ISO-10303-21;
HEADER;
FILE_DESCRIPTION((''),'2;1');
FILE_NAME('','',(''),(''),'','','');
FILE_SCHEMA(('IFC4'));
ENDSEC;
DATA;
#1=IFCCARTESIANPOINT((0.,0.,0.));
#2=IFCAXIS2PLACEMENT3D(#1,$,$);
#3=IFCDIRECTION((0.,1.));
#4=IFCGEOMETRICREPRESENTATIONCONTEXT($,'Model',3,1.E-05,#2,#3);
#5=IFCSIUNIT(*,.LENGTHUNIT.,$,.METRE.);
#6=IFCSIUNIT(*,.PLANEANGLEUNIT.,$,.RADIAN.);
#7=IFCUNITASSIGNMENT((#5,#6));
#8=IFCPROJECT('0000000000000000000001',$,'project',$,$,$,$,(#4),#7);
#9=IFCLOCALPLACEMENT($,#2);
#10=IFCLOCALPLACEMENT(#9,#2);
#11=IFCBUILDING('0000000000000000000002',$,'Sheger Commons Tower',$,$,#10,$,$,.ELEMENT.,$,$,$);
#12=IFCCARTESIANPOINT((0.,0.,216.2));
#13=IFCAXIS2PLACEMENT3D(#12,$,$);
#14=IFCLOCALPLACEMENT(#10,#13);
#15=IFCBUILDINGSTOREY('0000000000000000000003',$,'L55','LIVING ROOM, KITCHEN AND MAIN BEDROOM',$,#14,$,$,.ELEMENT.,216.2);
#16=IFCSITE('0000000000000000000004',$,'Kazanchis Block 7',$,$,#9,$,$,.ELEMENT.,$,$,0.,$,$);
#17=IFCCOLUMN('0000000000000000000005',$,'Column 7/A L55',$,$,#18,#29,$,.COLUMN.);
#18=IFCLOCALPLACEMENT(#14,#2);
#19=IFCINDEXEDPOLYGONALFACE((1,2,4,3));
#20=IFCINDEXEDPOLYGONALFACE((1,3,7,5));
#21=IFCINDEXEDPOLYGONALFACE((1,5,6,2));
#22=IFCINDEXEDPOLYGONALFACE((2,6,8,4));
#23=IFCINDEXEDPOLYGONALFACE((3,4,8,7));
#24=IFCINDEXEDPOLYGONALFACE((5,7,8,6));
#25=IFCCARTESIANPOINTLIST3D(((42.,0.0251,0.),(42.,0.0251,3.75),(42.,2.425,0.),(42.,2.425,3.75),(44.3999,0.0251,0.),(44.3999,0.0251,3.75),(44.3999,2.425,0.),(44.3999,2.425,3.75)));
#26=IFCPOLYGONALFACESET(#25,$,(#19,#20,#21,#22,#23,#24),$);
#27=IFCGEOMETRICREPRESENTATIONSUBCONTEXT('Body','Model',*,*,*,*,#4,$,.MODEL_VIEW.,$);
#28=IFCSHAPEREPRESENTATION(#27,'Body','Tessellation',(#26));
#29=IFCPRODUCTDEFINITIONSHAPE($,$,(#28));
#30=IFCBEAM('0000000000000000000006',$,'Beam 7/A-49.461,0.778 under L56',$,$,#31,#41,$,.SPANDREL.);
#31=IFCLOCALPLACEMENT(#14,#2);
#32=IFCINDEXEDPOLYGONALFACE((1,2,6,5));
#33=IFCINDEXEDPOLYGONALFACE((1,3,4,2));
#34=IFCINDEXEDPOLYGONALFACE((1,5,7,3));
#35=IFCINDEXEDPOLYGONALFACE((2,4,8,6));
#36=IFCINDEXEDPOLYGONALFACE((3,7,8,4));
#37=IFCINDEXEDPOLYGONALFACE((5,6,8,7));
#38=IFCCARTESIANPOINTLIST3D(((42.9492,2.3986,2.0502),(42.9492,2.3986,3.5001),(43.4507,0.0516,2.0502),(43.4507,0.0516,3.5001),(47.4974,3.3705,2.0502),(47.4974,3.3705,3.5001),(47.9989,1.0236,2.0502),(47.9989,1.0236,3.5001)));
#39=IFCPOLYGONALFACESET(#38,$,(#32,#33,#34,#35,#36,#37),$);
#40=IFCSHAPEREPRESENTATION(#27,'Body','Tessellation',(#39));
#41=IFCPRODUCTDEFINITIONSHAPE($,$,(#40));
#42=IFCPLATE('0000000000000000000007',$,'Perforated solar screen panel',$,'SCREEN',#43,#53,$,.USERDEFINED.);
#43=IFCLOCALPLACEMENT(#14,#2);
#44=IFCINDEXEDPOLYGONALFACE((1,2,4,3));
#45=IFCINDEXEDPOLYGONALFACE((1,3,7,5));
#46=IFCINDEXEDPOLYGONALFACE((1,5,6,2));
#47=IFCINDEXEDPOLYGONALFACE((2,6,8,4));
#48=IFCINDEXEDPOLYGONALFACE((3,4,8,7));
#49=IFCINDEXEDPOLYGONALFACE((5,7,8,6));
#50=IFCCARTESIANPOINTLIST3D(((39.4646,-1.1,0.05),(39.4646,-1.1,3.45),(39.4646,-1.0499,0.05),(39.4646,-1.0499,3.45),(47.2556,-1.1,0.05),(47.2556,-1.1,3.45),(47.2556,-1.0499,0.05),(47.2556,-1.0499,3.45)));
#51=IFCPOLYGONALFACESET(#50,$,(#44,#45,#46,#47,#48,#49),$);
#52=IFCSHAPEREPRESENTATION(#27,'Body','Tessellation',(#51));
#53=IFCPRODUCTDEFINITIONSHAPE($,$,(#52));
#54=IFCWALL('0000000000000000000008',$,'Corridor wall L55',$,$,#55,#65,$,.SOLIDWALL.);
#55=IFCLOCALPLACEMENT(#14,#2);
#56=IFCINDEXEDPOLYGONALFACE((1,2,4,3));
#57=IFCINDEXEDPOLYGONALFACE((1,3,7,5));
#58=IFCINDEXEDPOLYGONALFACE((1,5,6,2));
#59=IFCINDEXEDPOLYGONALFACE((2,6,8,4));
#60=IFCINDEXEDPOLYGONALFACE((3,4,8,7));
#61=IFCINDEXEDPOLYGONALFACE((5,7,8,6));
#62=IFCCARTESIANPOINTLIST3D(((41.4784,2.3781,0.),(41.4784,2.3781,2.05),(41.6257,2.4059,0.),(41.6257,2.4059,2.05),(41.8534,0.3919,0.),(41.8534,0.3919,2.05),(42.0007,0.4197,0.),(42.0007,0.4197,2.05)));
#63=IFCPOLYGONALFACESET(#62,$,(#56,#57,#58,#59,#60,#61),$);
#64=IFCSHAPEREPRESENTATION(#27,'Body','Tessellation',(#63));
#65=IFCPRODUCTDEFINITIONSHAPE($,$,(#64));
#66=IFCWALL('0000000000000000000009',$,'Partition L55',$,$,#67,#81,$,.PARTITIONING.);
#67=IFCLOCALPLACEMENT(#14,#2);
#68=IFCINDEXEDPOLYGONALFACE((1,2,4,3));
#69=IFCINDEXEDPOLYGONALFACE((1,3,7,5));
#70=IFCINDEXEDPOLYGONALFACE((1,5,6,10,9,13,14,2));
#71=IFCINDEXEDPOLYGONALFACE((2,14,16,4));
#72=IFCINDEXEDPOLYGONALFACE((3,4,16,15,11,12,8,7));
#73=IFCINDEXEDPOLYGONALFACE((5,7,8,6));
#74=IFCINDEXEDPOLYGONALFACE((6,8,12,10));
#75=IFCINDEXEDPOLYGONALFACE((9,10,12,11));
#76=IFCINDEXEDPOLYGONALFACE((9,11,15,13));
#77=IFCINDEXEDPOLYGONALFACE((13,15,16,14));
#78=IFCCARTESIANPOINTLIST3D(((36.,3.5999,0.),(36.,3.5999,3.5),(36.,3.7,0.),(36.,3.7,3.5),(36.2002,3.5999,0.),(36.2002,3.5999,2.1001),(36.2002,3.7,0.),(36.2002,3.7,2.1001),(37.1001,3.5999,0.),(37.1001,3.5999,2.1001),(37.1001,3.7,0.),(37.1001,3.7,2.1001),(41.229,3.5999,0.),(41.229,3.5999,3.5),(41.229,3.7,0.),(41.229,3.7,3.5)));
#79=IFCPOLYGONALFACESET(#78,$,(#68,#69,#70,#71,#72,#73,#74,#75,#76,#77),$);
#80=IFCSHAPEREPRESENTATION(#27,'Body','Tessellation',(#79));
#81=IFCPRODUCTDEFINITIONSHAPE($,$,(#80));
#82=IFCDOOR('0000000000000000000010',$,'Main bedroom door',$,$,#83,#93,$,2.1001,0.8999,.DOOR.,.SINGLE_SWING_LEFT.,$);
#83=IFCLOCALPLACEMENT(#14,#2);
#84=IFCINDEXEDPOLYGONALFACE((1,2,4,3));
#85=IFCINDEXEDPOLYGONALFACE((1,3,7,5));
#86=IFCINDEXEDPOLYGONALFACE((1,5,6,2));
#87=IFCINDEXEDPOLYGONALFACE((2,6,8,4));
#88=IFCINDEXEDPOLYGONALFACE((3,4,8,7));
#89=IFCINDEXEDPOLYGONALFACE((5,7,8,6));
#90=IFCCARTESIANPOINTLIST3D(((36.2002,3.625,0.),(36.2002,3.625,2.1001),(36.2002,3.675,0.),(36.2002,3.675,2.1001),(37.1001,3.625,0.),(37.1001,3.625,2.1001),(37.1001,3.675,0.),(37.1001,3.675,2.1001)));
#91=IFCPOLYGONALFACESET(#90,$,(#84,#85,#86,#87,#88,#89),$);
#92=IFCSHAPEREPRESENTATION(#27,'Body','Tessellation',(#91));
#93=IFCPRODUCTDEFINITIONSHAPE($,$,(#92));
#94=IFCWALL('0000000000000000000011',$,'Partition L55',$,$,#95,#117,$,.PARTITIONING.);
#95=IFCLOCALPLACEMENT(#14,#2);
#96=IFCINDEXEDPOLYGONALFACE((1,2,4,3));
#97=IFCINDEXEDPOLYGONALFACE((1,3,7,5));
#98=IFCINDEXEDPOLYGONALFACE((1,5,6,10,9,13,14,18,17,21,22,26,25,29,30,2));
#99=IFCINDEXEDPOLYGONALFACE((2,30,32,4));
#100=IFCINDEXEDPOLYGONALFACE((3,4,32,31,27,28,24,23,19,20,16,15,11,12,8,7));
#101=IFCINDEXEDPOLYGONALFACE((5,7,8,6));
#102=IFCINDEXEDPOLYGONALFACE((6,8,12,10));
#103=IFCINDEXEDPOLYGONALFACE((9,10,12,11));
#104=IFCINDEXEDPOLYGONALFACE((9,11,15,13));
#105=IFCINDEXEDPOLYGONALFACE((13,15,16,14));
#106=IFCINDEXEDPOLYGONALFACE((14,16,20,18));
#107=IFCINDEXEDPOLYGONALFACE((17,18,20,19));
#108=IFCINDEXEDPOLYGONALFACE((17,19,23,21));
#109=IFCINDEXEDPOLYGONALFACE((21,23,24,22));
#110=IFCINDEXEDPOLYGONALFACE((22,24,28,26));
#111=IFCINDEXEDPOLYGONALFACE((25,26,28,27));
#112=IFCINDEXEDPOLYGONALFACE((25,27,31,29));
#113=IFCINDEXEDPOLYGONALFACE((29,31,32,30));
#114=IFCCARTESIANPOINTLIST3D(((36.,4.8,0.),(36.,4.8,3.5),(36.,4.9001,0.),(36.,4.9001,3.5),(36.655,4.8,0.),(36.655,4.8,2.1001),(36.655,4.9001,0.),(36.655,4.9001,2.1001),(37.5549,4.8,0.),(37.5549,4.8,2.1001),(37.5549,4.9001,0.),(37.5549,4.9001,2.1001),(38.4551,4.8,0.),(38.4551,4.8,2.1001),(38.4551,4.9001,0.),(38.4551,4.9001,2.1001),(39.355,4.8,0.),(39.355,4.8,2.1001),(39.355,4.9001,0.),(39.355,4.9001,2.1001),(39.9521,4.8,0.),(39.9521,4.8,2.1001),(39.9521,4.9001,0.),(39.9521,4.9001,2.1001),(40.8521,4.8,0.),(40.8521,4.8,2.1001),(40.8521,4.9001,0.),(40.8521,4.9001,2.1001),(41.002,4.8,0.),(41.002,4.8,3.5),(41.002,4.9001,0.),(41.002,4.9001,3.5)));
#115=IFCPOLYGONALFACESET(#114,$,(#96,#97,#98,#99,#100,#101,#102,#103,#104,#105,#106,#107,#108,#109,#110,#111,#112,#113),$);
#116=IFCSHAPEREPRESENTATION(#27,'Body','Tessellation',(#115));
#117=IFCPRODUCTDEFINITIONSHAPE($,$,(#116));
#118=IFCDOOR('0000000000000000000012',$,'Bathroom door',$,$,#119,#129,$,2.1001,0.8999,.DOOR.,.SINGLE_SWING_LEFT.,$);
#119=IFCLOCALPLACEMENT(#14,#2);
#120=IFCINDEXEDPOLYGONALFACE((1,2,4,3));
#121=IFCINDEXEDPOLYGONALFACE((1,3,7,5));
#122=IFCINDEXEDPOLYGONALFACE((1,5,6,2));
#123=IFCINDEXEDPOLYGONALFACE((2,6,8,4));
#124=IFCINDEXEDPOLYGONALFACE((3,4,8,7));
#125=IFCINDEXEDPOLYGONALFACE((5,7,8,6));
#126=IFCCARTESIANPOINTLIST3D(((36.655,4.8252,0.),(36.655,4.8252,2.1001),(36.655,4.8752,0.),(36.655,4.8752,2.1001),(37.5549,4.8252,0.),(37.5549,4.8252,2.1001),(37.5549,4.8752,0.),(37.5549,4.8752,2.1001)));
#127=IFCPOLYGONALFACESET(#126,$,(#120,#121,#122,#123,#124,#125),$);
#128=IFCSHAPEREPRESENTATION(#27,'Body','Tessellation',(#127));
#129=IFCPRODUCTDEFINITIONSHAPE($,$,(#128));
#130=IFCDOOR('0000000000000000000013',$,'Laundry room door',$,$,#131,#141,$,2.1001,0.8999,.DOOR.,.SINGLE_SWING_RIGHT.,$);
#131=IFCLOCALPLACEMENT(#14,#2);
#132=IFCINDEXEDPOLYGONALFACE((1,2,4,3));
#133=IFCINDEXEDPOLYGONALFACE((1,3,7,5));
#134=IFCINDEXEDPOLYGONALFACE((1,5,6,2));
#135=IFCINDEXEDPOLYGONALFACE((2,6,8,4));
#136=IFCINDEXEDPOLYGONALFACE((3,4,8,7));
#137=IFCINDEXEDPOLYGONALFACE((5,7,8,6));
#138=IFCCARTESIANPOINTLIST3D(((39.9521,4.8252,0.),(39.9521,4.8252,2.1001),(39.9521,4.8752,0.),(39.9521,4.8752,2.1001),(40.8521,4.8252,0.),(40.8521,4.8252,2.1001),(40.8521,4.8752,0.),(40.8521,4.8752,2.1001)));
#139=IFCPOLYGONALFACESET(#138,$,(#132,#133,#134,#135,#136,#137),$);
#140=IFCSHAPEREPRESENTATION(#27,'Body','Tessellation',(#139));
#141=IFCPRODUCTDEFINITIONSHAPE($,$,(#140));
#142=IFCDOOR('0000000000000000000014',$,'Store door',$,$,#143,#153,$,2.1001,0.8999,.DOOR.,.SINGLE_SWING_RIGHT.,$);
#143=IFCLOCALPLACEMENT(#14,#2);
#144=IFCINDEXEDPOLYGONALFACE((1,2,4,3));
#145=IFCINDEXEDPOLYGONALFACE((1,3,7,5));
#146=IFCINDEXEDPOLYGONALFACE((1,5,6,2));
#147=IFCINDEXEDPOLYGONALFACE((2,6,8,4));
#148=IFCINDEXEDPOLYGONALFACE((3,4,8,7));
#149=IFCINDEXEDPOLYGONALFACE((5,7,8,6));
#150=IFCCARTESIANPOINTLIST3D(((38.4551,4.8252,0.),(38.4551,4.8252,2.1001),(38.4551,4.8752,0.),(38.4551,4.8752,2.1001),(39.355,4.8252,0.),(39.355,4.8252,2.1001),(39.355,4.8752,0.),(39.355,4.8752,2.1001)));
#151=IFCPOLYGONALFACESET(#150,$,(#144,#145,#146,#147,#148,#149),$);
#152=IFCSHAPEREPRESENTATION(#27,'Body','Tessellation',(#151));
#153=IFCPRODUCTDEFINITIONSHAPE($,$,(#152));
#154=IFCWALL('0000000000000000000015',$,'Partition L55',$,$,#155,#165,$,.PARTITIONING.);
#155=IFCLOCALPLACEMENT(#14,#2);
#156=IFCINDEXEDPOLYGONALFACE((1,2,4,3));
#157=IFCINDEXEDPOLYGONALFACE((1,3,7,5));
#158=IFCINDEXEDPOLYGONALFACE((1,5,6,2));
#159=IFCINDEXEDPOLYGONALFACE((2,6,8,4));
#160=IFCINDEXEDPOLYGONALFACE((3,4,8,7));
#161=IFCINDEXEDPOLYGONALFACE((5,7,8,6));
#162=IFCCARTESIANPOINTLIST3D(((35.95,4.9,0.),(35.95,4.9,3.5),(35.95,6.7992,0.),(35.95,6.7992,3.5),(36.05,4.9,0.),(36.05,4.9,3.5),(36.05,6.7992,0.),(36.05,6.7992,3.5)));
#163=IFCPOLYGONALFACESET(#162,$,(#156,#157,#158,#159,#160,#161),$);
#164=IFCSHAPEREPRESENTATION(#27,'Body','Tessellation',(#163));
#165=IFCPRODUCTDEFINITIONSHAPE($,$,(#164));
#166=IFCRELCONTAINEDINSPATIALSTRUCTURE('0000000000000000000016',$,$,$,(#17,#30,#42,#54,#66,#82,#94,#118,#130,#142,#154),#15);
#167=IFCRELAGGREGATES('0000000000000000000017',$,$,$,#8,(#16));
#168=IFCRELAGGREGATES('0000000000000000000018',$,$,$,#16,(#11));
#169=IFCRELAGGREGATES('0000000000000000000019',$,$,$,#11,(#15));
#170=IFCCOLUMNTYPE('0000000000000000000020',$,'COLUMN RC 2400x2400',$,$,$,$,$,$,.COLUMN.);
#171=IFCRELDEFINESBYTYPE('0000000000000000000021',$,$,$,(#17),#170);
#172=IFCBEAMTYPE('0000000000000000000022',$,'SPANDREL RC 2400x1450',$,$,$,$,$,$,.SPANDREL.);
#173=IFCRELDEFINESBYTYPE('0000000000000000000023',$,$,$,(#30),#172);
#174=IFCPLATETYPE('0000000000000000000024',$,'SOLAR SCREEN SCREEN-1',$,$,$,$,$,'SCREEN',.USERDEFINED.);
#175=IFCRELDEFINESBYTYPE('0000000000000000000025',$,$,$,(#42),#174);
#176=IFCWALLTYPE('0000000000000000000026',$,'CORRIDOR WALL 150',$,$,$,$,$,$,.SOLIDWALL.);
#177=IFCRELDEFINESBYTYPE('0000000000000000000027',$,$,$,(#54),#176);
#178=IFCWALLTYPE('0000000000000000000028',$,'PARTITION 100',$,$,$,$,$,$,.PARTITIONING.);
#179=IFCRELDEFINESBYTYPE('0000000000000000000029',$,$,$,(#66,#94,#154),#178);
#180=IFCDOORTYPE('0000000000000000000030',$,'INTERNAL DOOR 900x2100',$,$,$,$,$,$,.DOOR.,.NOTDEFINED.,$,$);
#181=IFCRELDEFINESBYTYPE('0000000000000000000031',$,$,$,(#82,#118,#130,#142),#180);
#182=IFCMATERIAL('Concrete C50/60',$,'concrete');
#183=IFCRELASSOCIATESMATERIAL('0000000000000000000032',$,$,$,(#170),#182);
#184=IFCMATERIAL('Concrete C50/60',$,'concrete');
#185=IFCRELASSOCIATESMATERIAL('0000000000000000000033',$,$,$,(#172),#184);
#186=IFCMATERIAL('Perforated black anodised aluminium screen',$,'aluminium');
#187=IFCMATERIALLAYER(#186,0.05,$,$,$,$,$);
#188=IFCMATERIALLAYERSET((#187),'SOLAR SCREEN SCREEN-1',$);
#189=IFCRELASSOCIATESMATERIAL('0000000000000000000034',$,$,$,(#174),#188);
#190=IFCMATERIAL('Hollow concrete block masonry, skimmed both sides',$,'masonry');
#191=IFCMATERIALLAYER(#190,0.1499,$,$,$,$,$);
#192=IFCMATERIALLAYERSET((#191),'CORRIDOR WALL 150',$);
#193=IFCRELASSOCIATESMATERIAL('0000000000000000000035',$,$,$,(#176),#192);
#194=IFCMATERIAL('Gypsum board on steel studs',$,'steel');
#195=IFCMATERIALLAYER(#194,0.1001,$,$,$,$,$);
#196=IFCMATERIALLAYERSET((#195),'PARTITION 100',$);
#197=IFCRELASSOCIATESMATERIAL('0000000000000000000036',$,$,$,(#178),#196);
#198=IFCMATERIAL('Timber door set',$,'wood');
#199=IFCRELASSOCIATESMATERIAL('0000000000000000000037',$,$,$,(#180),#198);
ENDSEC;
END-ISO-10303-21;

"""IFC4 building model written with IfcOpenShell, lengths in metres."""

from ifc_helpers import new_model, si_unit, direction, frame, frame_2d, origin, origin_2d, place, context, subcontext, project, spatial, rectangle, extrude, material, layer, layer_set, material_profile, profile_set, type_object, element, fill, save


model = new_model("IFC4")

# Units and contexts
model_context = context("Model", 3, precision=1e-05, world=origin(), true_north=direction((0.0, 1.0)))
body_context = subcontext(model_context, "Body", "Model", "MODEL_VIEW")
ifc_project = project(units=[si_unit("LENGTHUNIT", "METRE"), si_unit("PLANEANGLEUNIT", "RADIAN")], contexts=[model_context])

# Site, building, storey
site_placement = place(None, origin())
site = spatial("IfcSite", under=ifc_project, at=site_placement, Name="Kazanchis Block 7", CompositionType="ELEMENT", RefElevation=0.0)
building_placement = place(site_placement, origin())
building = spatial("IfcBuilding", under=site, at=building_placement, Name="Sheger Commons Tower", CompositionType="ELEMENT")
storey_placement = place(building_placement, frame((0.0, 0.0, 216.2)))
storey = spatial("IfcBuildingStorey", under=building, at=storey_placement, Name="L55", Description="LIVING ROOM, KITCHEN AND MAIN BEDROOM", CompositionType="ELEMENT", Elevation=216.2)

# Column
ifc_material_1 = material(Name="Concrete C50/60", Category="concrete")
ifc_material_profile_1 = material_profile(ifc_material_1, rectangle(XDim=2.3999, YDim=2.3999, at=origin_2d()), Name="RC 2400x2400")
ifc_profile_set_1 = profile_set([ifc_material_profile_1], Name="Concrete C50/60")
column_type = type_object("IfcColumnType", Name="COLUMN RC 2400x2400", PredefinedType="COLUMN", material=ifc_profile_set_1)
column_placement = place(storey_placement, frame((43.2, 1.2251, 0.0), z_axis=(0.0, 0.0, 1.0), x_axis=(1.0, 0.0, 0.0)))
element("IfcColumn", 1, at=column_placement, inside=storey, type_object=column_type, Name="Column 7/A L55", PredefinedType="COLUMN", context=body_context, shape_type="SweptSolid", body=[
    extrude(rectangle(XDim=2.3999, YDim=2.3999, at=origin_2d()), origin(), (0.0, 0.0, 1.0), 3.75),
])

# Beam
ifc_material_2 = material(Name="Concrete C50/60", Category="concrete")
ifc_material_profile_2 = material_profile(ifc_material_2, rectangle(XDim=2.3999, YDim=1.45, at=origin_2d()), Name="RC 2400x1450")
ifc_profile_set_2 = profile_set([ifc_material_profile_2], Name="Concrete C50/60")
beam_type = type_object("IfcBeamType", Name="SPANDREL RC 2400x1450", PredefinedType="SPANDREL", material=ifc_profile_set_2)
beam_placement = place(storey_placement, frame((43.2, 1.2251, 2.7751), z_axis=(0.97792, 0.208981, 0.0), x_axis=(-0.208981, 0.97792, 0.0)))
element("IfcBeam", 2, at=beam_placement, inside=storey, type_object=beam_type, Name="Beam 7/A-49.461,0.778 under L56", PredefinedType="SPANDREL", context=body_context, shape_type="SweptSolid", body=[
    extrude(rectangle(XDim=2.3999, YDim=1.45, at=origin_2d()), origin(), (0.0, 0.0, 1.0), 4.6509),
])

# Plate
ifc_material_3 = material(Name="Perforated black anodised aluminium screen", Category="aluminium")
ifc_layer_1 = layer(ifc_material_3, 0.05)
ifc_layer_set_1 = layer_set([ifc_layer_1], Name="SOLAR SCREEN SCREEN-1")
plate_type = type_object("IfcPlateType", Name="SOLAR SCREEN SCREEN-1", ElementType="SCREEN", PredefinedType="USERDEFINED", material=ifc_layer_set_1)
plate_placement = place(storey_placement, frame((43.3601, -1.075, 0.05), z_axis=(0.0, 0.0, 1.0), x_axis=(1.0, 0.0, 0.0)))
element("IfcPlate", 3, at=plate_placement, inside=storey, type_object=plate_type, Name="Perforated solar screen panel", ObjectType="SCREEN", PredefinedType="USERDEFINED", context=body_context, shape_type="SweptSolid", body=[
    extrude(rectangle(XDim=7.791, YDim=0.05, at=origin_2d()), origin(), (0.0, 0.0, 1.0), 3.3999),
])

# Wall
ifc_material_4 = material(Name="Hollow concrete block masonry, skimmed both sides", Category="masonry")
ifc_layer_2 = layer(ifc_material_4, 0.1499)
ifc_layer_set_2 = layer_set([ifc_layer_2], Name="CORRIDOR WALL 150")
wall_type_1 = type_object("IfcWallType", Name="CORRIDOR WALL 150", PredefinedType="SOLIDWALL", material=ifc_layer_set_2)
wall_1_placement = place(storey_placement, frame((41.552, 2.3921, 0.0), z_axis=(0.0, 0.0, 1.0), x_axis=(0.185536, -0.982638, 0.0)))
element("IfcWall", 4, at=wall_1_placement, inside=storey, type_object=wall_type_1, Name="Corridor wall L55", PredefinedType="SOLIDWALL", context=body_context, shape_type="SweptSolid", body=[
    extrude(rectangle(XDim=2.0212, YDim=0.1499, at=frame_2d((1.0107, 0.0))), origin(), (0.0, 0.0, 1.0), 2.05),
])

# Wall, opening, door
ifc_material_5 = material(Name="Gypsum board on steel studs", Category="steel")
ifc_layer_3 = layer(ifc_material_5, 0.1001)
ifc_layer_set_3 = layer_set([ifc_layer_3], Name="PARTITION 100")
wall_type_2 = type_object("IfcWallType", Name="PARTITION 100", PredefinedType="PARTITIONING", material=ifc_layer_set_3)
wall_2_placement = place(storey_placement, frame((41.229, 3.6499, 0.0), z_axis=(0.0, 0.0, 1.0), x_axis=(-1.0, 0.0, 0.0)))
wall_2 = element("IfcWall", 5, at=wall_2_placement, inside=storey, type_object=wall_type_2, Name="Partition L55", PredefinedType="PARTITIONING", context=body_context, shape_type="SweptSolid", body=[
    extrude(rectangle(XDim=5.229, YDim=0.1001, at=frame_2d((2.6145, 0.0))), origin(), (0.0, 0.0, 1.0), 3.5),
])
opening_1_placement = place(wall_2_placement, frame((4.1289, 0.0, 0.0)))
opening_1 = element("IfcOpeningElement", 6, at=opening_1_placement, cuts=wall_2, PredefinedType="OPENING", context=body_context, shape_type="SweptSolid", body=[
    extrude(rectangle(XDim=0.8999, YDim=2.1001, at=frame_2d((0.45, 1.05))), frame((0.0, 0.0601, 0.0), z_axis=(0.0, -1.0, 0.0), x_axis=(1.0, 0.0, 0.0)), (0.0, 0.0, 1.0), 0.1201),
])
ifc_material_6 = material(Name="Timber door set", Category="wood")
door_type = type_object("IfcDoorType", Name="INTERNAL DOOR 900x2100", OperationType="NOTDEFINED", PredefinedType="DOOR", material=ifc_material_6)
door_1_placement = place(opening_1_placement, origin())
door_1 = element("IfcDoor", 7, at=door_1_placement, inside=storey, type_object=door_type, Name="Main bedroom door", OperationType="SINGLE_SWING_LEFT", OverallHeight=2.1001, OverallWidth=0.8999, PredefinedType="DOOR", context=body_context, shape_type="SweptSolid", body=[
    extrude(rectangle(XDim=0.8999, YDim=2.1001, at=frame_2d((0.45, 1.05))), frame((0.0, 0.0249, 0.0), z_axis=(0.0, -1.0, 0.0), x_axis=(1.0, 0.0, 0.0)), (0.0, 0.0, 1.0), 0.05),
])
fill(opening_1, door_1)

# Wall, openings, doors
wall_3_placement = place(storey_placement, frame((41.002, 4.8501, 0.0), z_axis=(0.0, 0.0, 1.0), x_axis=(-1.0, 0.0, 0.0)))
wall_3 = element("IfcWall", 8, at=wall_3_placement, inside=storey, type_object=wall_type_2, Name="Partition L55", PredefinedType="PARTITIONING", context=body_context, shape_type="SweptSolid", body=[
    extrude(rectangle(XDim=5.002, YDim=0.1001, at=frame_2d((2.501, 0.0))), origin(), (0.0, 0.0, 1.0), 3.5),
])
opening_2_placement = place(wall_3_placement, frame((3.447, 0.0, 0.0)))
opening_2 = element("IfcOpeningElement", 9, at=opening_2_placement, cuts=wall_3, PredefinedType="OPENING", context=body_context, shape_type="SweptSolid", body=[
    extrude(rectangle(XDim=0.8999, YDim=2.1001, at=frame_2d((0.45, 1.05))), frame((0.0, 0.0601, 0.0), z_axis=(0.0, -1.0, 0.0), x_axis=(1.0, 0.0, 0.0)), (0.0, 0.0, 1.0), 0.1201),
])
opening_3_placement = place(wall_3_placement, frame((0.1499, 0.0, 0.0)))
opening_3 = element("IfcOpeningElement", 10, at=opening_3_placement, cuts=wall_3, PredefinedType="OPENING", context=body_context, shape_type="SweptSolid", body=[
    extrude(rectangle(XDim=0.8999, YDim=2.1001, at=frame_2d((0.45, 1.05))), frame((0.0, 0.0601, 0.0), z_axis=(0.0, -1.0, 0.0), x_axis=(1.0, 0.0, 0.0)), (0.0, 0.0, 1.0), 0.1201),
])
opening_4_placement = place(wall_3_placement, frame((1.647, 0.0, 0.0)))
opening_4 = element("IfcOpeningElement", 11, at=opening_4_placement, cuts=wall_3, PredefinedType="OPENING", context=body_context, shape_type="SweptSolid", body=[
    extrude(rectangle(XDim=0.8999, YDim=2.1001, at=frame_2d((0.45, 1.05))), frame((0.0, 0.0601, 0.0), z_axis=(0.0, -1.0, 0.0), x_axis=(1.0, 0.0, 0.0)), (0.0, 0.0, 1.0), 0.1201),
])
door_2_placement = place(opening_2_placement, origin())
door_2 = element("IfcDoor", 12, at=door_2_placement, inside=storey, type_object=door_type, Name="Bathroom door", OperationType="SINGLE_SWING_LEFT", OverallHeight=2.1001, OverallWidth=0.8999, PredefinedType="DOOR", context=body_context, shape_type="SweptSolid", body=[
    extrude(rectangle(XDim=0.8999, YDim=2.1001, at=frame_2d((0.45, 1.05))), frame((0.0, 0.0249, 0.0), z_axis=(0.0, -1.0, 0.0), x_axis=(1.0, 0.0, 0.0)), (0.0, 0.0, 1.0), 0.05),
])
fill(opening_2, door_2)
door_3_placement = place(opening_3_placement, origin())
door_3 = element("IfcDoor", 13, at=door_3_placement, inside=storey, type_object=door_type, Name="Laundry room door", OperationType="SINGLE_SWING_RIGHT", OverallHeight=2.1001, OverallWidth=0.8999, PredefinedType="DOOR", context=body_context, shape_type="SweptSolid", body=[
    extrude(rectangle(XDim=0.8999, YDim=2.1001, at=frame_2d((0.45, 1.05))), frame((0.0, 0.0249, 0.0), z_axis=(0.0, -1.0, 0.0), x_axis=(1.0, 0.0, 0.0)), (0.0, 0.0, 1.0), 0.05),
])
fill(opening_3, door_3)
door_4_placement = place(opening_4_placement, origin())
door_4 = element("IfcDoor", 14, at=door_4_placement, inside=storey, type_object=door_type, Name="Store door", OperationType="SINGLE_SWING_RIGHT", OverallHeight=2.1001, OverallWidth=0.8999, PredefinedType="DOOR", context=body_context, shape_type="SweptSolid", body=[
    extrude(rectangle(XDim=0.8999, YDim=2.1001, at=frame_2d((0.45, 1.05))), frame((0.0, 0.0249, 0.0), z_axis=(0.0, -1.0, 0.0), x_axis=(1.0, 0.0, 0.0)), (0.0, 0.0, 1.0), 0.05),
])
fill(opening_4, door_4)

# Wall
wall_4_placement = place(storey_placement, frame((36.0, 4.8999, 0.0), z_axis=(0.0, 0.0, 1.0), x_axis=(0.0, 1.0, 0.0)))
element("IfcWall", 15, at=wall_4_placement, inside=storey, type_object=wall_type_2, Name="Partition L55", PredefinedType="PARTITIONING", context=body_context, shape_type="SweptSolid", body=[
    extrude(rectangle(XDim=1.8992, YDim=0.1001, at=frame_2d((0.9497, 0.0))), origin(), (0.0, 0.0, 1.0), 3.5),
])

save(model, "model.ifc")
